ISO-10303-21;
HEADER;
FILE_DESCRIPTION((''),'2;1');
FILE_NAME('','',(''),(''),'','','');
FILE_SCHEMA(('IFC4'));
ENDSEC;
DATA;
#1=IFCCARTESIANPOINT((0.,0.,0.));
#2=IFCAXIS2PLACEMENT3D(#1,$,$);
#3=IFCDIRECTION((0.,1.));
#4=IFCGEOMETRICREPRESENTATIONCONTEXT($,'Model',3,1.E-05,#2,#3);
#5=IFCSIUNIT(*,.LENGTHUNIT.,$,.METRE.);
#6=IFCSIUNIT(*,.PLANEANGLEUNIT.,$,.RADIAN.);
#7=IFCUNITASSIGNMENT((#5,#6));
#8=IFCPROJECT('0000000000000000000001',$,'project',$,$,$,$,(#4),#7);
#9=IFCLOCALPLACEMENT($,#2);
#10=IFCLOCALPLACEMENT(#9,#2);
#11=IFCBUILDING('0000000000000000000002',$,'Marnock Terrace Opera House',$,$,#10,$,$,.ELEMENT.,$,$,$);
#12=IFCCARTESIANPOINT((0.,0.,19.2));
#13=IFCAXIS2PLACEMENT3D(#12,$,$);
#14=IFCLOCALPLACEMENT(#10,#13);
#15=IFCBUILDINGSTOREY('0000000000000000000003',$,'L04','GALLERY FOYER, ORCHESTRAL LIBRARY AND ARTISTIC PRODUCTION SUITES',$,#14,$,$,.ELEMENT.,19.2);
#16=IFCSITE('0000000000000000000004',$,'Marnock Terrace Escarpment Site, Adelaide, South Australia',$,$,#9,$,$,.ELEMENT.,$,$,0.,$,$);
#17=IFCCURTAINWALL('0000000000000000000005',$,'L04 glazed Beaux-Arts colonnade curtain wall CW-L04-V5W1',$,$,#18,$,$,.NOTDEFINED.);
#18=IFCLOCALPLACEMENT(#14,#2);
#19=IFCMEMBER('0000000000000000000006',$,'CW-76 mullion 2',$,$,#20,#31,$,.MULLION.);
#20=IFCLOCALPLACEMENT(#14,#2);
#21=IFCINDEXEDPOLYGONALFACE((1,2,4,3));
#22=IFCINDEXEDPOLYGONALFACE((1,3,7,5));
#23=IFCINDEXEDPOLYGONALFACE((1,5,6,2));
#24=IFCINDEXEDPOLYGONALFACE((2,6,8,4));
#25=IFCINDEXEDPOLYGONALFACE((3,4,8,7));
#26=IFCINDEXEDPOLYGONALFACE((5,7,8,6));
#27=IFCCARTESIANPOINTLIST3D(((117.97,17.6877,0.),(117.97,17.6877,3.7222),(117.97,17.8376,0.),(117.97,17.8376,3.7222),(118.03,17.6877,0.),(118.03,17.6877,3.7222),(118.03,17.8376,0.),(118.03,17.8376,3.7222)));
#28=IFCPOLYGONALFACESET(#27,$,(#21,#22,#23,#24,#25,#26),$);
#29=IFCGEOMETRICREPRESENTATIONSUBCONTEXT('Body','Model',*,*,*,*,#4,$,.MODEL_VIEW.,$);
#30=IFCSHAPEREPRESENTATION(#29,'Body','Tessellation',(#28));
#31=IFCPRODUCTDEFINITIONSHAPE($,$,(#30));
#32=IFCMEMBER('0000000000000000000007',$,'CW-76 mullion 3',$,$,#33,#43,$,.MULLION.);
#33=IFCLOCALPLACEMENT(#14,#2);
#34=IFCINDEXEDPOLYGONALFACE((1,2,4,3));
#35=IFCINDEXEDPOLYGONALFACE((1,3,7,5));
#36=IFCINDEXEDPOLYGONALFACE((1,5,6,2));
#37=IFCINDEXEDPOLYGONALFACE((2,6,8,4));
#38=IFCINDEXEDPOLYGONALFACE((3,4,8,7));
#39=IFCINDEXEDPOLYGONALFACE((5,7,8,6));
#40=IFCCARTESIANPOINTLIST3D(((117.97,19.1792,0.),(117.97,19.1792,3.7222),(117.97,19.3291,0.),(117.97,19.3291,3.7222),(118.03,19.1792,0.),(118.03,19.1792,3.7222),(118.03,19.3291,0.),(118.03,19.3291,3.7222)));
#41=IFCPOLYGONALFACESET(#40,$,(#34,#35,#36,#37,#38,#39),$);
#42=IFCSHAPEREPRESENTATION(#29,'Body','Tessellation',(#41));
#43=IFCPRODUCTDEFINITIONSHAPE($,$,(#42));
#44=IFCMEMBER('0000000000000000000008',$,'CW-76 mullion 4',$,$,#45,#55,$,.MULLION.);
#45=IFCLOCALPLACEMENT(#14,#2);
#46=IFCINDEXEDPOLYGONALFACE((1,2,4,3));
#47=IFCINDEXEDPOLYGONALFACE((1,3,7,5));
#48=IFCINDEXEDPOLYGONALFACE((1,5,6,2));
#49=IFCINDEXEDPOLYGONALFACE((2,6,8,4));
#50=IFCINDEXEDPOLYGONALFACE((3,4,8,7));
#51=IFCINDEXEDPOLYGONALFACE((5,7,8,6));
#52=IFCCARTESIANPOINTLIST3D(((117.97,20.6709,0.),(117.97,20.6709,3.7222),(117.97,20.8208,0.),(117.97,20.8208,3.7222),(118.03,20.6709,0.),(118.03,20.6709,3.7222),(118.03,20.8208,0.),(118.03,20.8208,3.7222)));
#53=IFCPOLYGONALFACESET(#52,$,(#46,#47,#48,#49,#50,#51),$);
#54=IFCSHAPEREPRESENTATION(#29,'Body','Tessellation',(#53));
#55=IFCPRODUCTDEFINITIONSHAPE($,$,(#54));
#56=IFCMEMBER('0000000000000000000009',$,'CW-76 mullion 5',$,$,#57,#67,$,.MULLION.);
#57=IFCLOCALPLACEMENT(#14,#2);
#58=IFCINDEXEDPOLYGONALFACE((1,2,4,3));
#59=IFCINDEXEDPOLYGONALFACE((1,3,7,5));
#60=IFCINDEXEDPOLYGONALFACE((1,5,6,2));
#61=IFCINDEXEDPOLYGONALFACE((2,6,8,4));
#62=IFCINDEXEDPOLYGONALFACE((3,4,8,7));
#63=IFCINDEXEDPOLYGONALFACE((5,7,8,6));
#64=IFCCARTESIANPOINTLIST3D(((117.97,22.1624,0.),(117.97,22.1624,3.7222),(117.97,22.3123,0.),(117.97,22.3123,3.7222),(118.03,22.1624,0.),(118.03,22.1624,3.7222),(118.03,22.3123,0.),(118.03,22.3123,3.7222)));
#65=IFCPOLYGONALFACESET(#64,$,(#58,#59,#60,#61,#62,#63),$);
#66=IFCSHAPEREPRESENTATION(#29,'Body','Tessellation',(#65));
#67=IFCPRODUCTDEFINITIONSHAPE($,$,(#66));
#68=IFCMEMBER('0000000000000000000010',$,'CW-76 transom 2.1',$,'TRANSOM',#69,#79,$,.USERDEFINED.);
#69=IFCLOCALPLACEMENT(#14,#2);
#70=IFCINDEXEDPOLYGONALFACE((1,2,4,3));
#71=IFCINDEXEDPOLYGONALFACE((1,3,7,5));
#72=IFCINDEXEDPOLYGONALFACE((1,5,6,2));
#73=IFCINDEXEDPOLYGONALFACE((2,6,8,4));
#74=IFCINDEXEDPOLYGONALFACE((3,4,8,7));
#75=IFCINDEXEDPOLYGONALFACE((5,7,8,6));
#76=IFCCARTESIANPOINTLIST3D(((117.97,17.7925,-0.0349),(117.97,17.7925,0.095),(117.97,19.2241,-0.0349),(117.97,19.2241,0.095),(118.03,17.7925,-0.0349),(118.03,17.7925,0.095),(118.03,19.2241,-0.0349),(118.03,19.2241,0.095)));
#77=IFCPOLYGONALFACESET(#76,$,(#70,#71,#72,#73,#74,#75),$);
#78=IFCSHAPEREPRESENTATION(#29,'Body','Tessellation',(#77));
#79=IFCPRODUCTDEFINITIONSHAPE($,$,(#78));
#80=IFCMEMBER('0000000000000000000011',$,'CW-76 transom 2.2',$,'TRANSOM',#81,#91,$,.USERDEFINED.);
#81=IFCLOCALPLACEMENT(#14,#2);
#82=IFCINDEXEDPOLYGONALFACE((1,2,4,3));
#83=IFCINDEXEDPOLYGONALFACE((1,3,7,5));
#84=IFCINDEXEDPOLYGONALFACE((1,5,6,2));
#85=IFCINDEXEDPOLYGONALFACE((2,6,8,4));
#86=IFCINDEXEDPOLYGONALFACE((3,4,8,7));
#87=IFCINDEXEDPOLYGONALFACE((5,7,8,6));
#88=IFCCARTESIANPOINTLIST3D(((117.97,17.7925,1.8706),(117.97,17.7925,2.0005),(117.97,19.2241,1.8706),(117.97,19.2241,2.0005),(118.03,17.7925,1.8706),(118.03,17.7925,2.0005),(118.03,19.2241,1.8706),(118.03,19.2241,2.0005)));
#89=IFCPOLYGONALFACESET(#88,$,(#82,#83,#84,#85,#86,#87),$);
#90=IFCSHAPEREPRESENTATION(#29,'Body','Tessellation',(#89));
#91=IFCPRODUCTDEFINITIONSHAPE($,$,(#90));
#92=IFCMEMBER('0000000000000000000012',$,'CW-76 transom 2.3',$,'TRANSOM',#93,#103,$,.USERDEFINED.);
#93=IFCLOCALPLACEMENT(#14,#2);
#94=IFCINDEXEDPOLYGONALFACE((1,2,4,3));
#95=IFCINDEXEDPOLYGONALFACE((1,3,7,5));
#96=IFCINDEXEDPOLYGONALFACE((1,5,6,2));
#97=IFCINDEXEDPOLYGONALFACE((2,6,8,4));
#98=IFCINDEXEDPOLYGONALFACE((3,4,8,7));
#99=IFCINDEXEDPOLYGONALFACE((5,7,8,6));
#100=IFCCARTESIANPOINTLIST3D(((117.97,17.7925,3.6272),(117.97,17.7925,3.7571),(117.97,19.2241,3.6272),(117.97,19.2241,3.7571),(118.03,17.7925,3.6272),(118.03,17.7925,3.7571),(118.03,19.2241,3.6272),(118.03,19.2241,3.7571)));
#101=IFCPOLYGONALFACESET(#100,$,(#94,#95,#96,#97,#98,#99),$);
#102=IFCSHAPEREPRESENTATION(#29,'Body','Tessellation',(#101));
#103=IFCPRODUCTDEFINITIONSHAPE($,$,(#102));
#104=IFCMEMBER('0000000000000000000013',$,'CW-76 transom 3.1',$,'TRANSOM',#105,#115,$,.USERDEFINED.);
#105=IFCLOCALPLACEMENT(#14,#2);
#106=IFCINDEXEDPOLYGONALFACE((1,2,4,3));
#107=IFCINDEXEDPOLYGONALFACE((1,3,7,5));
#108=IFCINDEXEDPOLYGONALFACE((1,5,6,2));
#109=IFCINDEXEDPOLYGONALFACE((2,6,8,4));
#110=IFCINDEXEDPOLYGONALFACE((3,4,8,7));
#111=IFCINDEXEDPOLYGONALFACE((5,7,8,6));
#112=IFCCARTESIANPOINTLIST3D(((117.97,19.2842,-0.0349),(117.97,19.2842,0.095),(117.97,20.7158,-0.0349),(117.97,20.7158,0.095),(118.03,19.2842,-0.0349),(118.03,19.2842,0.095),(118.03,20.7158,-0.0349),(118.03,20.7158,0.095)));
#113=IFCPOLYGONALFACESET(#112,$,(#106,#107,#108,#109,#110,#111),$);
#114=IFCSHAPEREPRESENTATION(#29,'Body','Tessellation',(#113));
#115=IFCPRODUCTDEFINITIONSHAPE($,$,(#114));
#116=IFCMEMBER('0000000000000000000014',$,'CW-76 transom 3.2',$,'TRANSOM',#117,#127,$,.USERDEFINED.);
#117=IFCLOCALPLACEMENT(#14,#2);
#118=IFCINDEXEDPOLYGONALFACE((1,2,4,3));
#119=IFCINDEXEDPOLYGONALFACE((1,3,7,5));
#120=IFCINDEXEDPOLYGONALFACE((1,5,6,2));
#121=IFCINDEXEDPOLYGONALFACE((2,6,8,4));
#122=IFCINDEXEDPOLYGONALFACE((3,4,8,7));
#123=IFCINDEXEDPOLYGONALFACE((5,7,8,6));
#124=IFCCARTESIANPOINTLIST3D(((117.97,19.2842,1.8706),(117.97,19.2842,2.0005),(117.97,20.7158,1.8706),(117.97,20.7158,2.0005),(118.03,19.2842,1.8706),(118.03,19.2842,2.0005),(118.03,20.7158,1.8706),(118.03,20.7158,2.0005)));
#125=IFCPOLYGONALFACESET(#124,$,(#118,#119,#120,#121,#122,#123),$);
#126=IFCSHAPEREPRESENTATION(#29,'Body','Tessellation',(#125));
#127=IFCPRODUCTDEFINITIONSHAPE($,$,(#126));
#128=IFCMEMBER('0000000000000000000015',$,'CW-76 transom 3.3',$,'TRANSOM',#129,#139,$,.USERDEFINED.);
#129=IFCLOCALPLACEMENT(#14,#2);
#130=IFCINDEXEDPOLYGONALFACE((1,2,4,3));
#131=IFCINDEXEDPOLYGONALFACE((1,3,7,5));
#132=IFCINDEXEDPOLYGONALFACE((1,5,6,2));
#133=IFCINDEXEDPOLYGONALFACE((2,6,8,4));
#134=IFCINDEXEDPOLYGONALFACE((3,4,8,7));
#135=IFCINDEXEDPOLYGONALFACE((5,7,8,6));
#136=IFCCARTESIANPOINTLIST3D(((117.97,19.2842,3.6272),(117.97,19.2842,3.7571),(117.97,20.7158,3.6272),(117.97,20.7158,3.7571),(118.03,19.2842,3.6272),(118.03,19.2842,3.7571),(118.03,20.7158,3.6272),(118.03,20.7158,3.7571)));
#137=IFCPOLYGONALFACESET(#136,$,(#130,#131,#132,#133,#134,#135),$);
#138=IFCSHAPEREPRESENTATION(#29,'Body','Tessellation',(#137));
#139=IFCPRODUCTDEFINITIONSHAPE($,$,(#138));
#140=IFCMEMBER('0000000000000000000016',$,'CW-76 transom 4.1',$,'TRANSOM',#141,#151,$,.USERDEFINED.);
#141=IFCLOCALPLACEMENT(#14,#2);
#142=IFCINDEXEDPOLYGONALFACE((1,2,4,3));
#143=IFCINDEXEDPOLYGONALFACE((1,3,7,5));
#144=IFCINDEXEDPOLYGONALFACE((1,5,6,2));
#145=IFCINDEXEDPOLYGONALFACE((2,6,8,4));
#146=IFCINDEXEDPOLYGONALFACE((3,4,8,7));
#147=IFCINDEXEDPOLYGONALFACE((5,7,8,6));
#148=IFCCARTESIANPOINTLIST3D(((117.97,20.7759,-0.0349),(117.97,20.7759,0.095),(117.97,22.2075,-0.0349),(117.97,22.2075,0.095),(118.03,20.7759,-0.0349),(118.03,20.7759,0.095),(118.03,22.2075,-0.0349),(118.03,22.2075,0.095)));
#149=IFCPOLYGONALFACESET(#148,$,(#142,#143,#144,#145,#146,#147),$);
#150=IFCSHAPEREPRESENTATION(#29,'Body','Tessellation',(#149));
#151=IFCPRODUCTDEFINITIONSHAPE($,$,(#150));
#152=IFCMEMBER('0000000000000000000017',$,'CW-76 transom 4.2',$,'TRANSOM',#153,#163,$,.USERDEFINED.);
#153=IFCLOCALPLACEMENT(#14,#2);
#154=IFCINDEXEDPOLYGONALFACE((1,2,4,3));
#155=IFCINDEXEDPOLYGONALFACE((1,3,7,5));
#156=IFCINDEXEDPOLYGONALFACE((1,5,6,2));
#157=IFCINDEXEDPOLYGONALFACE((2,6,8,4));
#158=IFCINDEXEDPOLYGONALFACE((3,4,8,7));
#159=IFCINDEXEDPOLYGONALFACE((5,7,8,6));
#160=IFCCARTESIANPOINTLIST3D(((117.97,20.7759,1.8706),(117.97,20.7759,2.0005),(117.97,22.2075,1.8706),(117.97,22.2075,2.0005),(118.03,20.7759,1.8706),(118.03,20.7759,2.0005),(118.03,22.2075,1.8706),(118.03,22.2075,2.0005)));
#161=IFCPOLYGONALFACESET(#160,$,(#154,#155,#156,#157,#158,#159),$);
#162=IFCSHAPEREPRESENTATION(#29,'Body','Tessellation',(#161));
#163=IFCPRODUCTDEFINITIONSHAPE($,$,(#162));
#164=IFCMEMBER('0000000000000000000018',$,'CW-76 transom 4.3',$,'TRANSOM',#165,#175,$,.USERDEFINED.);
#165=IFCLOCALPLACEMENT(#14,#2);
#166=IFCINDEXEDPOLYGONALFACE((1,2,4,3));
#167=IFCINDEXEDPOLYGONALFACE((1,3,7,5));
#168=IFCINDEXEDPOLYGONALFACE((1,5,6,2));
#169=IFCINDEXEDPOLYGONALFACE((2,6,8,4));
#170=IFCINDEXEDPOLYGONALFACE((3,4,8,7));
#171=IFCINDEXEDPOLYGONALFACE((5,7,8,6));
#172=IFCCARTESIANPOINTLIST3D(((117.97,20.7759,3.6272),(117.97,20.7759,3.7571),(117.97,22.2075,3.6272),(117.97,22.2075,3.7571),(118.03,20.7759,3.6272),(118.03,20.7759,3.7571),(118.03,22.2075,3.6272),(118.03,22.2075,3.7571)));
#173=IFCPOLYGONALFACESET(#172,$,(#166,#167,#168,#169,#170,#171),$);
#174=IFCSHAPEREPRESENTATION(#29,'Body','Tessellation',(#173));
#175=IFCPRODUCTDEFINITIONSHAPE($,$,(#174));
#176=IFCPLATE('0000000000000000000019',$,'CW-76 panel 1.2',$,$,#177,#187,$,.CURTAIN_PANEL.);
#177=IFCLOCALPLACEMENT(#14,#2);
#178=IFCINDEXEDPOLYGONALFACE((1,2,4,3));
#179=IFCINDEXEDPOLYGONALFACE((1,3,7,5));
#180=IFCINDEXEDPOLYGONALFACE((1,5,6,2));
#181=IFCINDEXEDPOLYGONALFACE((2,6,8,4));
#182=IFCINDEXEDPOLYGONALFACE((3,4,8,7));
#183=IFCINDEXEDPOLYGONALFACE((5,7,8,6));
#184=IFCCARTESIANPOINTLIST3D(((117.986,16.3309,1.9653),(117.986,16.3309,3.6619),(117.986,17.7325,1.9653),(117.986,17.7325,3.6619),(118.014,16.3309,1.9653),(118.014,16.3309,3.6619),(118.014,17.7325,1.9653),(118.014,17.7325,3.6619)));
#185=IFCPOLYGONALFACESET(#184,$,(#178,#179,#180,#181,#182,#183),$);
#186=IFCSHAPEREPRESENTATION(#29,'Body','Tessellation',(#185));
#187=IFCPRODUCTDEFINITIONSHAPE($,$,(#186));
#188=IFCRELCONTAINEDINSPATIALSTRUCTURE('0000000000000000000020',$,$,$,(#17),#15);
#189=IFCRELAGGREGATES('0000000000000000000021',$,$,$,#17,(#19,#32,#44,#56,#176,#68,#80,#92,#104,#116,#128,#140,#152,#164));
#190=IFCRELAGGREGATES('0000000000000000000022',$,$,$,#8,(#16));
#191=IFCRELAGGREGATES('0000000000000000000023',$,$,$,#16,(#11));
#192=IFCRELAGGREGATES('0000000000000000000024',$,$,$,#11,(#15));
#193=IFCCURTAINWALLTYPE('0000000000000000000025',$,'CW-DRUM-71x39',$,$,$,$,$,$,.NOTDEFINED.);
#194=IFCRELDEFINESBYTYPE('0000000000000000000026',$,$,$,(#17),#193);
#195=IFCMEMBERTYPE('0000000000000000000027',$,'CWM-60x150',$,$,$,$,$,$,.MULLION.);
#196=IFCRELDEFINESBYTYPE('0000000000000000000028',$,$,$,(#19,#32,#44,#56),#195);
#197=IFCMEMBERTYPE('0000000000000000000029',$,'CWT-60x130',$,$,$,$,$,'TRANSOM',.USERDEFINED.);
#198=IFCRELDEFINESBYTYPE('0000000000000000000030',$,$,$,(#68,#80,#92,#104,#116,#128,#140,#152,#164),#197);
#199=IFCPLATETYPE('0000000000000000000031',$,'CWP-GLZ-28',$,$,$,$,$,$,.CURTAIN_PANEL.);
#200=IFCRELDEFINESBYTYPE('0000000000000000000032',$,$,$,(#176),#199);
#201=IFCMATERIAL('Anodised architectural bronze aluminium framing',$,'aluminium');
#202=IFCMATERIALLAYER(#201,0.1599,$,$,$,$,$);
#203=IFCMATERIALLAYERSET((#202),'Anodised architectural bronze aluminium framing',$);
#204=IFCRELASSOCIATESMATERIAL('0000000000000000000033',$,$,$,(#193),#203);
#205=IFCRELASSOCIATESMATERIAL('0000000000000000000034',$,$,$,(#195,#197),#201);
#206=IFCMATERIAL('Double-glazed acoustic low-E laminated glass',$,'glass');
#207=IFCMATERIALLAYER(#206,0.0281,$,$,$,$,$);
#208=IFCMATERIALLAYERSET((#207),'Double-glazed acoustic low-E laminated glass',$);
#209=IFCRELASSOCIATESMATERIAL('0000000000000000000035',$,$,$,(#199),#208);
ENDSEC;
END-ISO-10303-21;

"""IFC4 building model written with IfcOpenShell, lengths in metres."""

from ifc_helpers import new_model, si_unit, direction, frame, origin, origin_2d, place, context, subcontext, project, spatial, rectangle, extrude, material, layer, layer_set, material_profile, profile_set, type_object, element, aggregate, save


model = new_model("IFC4")

# Units and contexts
model_context = context("Model", 3, precision=1e-05, world=origin(), true_north=direction((0.0, 1.0)))
body_context = subcontext(model_context, "Body", "Model", "MODEL_VIEW")
ifc_project = project(units=[si_unit("LENGTHUNIT", "METRE"), si_unit("PLANEANGLEUNIT", "RADIAN")], contexts=[model_context])

# Site, building, storey
site_placement = place(None, origin())
site = spatial("IfcSite", under=ifc_project, at=site_placement, Name="Marnock Terrace Escarpment Site, Adelaide, South Australia", CompositionType="ELEMENT", RefElevation=0.0)
building_placement = place(site_placement, origin())
building = spatial("IfcBuilding", under=site, at=building_placement, Name="Marnock Terrace Opera House", CompositionType="ELEMENT")
storey_placement = place(building_placement, frame((0.0, 0.0, 19.2)))
storey = spatial("IfcBuildingStorey", under=building, at=storey_placement, Name="L04", Description="GALLERY FOYER, ORCHESTRAL LIBRARY AND ARTISTIC PRODUCTION SUITES", CompositionType="ELEMENT", Elevation=19.2)

# Curtain wall, members, plate
ifc_material_1 = material(Name="Anodised architectural bronze aluminium framing", Category="aluminium")
ifc_layer_1 = layer(ifc_material_1, 0.1599)
ifc_layer_set_1 = layer_set([ifc_layer_1], Name="Anodised architectural bronze aluminium framing")
curtain_wall_type = type_object("IfcCurtainWallType", Name="CW-DRUM-71x39", PredefinedType="NOTDEFINED", material=ifc_layer_set_1)
curtain_wall_placement = place(storey_placement, origin())
curtain_wall = element("IfcCurtainWall", 1, at=curtain_wall_placement, inside=storey, type_object=curtain_wall_type, Name="L04 glazed Beaux-Arts colonnade curtain wall CW-L04-V5W1", PredefinedType="NOTDEFINED")
ifc_material_profile_1 = material_profile(ifc_material_1, rectangle(XDim=0.0601, YDim=0.1499, at=origin_2d()))
ifc_profile_set_1 = profile_set([ifc_material_profile_1], Name="Anodised architectural bronze aluminium framing")
member_type_1 = type_object("IfcMemberType", Name="CWM-60x150", PredefinedType="MULLION", material=ifc_profile_set_1)
member_1_placement = place(storey_placement, frame((118.0, 17.7627, 0.0), z_axis=(0.0, 0.0, 1.0), x_axis=(-1.0, 0.0, 0.0)))
member_1 = element("IfcMember", 2, at=member_1_placement, type_object=member_type_1, Name="CW-76 mullion 2", PredefinedType="MULLION", context=body_context, shape_type="SweptSolid", body=[
    extrude(rectangle(XDim=0.0601, YDim=0.1499, at=origin_2d()), origin(), (0.0, 0.0, 1.0), 3.7222),
])
member_2_placement = place(storey_placement, frame((118.0, 19.2542, 0.0), z_axis=(0.0, 0.0, 1.0), x_axis=(-1.0, 0.0, 0.0)))
member_2 = element("IfcMember", 3, at=member_2_placement, type_object=member_type_1, Name="CW-76 mullion 3", PredefinedType="MULLION", context=body_context, shape_type="SweptSolid", body=[
    extrude(rectangle(XDim=0.0601, YDim=0.1499, at=origin_2d()), origin(), (0.0, 0.0, 1.0), 3.7222),
])
member_3_placement = place(storey_placement, frame((118.0, 20.7458, 0.0), z_axis=(0.0, 0.0, 1.0), x_axis=(-1.0, 0.0, 0.0)))
member_3 = element("IfcMember", 4, at=member_3_placement, type_object=member_type_1, Name="CW-76 mullion 4", PredefinedType="MULLION", context=body_context, shape_type="SweptSolid", body=[
    extrude(rectangle(XDim=0.0601, YDim=0.1499, at=origin_2d()), origin(), (0.0, 0.0, 1.0), 3.7222),
])
member_4_placement = place(storey_placement, frame((118.0, 22.2373, 0.0), z_axis=(0.0, 0.0, 1.0), x_axis=(-1.0, 0.0, 0.0)))
member_4 = element("IfcMember", 5, at=member_4_placement, type_object=member_type_1, Name="CW-76 mullion 5", PredefinedType="MULLION", context=body_context, shape_type="SweptSolid", body=[
    extrude(rectangle(XDim=0.0601, YDim=0.1499, at=origin_2d()), origin(), (0.0, 0.0, 1.0), 3.7222),
])
ifc_material_profile_2 = material_profile(ifc_material_1, rectangle(XDim=0.0601, YDim=0.1299, at=origin_2d()))
ifc_profile_set_2 = profile_set([ifc_material_profile_2], Name="Anodised architectural bronze aluminium framing")
member_type_2 = type_object("IfcMemberType", Name="CWT-60x130", ElementType="TRANSOM", PredefinedType="USERDEFINED", material=ifc_profile_set_2)
member_5_placement = place(storey_placement, frame((118.0, 17.7925, 0.03), z_axis=(0.0, 1.0, 0.0), x_axis=(-1.0, 0.0, 0.0)))
member_5 = element("IfcMember", 6, at=member_5_placement, type_object=member_type_2, Name="CW-76 transom 2.1", ObjectType="TRANSOM", PredefinedType="USERDEFINED", context=body_context, shape_type="SweptSolid", body=[
    extrude(rectangle(XDim=0.0601, YDim=0.1299, at=origin_2d()), origin(), (0.0, 0.0, 1.0), 1.4316),
])
member_6_placement = place(storey_placement, frame((118.0, 17.7925, 1.9355), z_axis=(0.0, 1.0, 0.0), x_axis=(-1.0, 0.0, 0.0)))
member_6 = element("IfcMember", 7, at=member_6_placement, type_object=member_type_2, Name="CW-76 transom 2.2", ObjectType="TRANSOM", PredefinedType="USERDEFINED", context=body_context, shape_type="SweptSolid", body=[
    extrude(rectangle(XDim=0.0601, YDim=0.1299, at=origin_2d()), origin(), (0.0, 0.0, 1.0), 1.4316),
])
member_7_placement = place(storey_placement, frame((118.0, 17.7925, 3.6921), z_axis=(0.0, 1.0, 0.0), x_axis=(-1.0, 0.0, 0.0)))
member_7 = element("IfcMember", 8, at=member_7_placement, type_object=member_type_2, Name="CW-76 transom 2.3", ObjectType="TRANSOM", PredefinedType="USERDEFINED", context=body_context, shape_type="SweptSolid", body=[
    extrude(rectangle(XDim=0.0601, YDim=0.1299, at=origin_2d()), origin(), (0.0, 0.0, 1.0), 1.4316),
])
member_8_placement = place(storey_placement, frame((118.0, 19.2842, 0.03), z_axis=(0.0, 1.0, 0.0), x_axis=(-1.0, 0.0, 0.0)))
member_8 = element("IfcMember", 9, at=member_8_placement, type_object=member_type_2, Name="CW-76 transom 3.1", ObjectType="TRANSOM", PredefinedType="USERDEFINED", context=body_context, shape_type="SweptSolid", body=[
    extrude(rectangle(XDim=0.0601, YDim=0.1299, at=origin_2d()), origin(), (0.0, 0.0, 1.0), 1.4316),
])
member_9_placement = place(storey_placement, frame((118.0, 19.2842, 1.9355), z_axis=(0.0, 1.0, 0.0), x_axis=(-1.0, 0.0, 0.0)))
member_9 = element("IfcMember", 10, at=member_9_placement, type_object=member_type_2, Name="CW-76 transom 3.2", ObjectType="TRANSOM", PredefinedType="USERDEFINED", context=body_context, shape_type="SweptSolid", body=[
    extrude(rectangle(XDim=0.0601, YDim=0.1299, at=origin_2d()), origin(), (0.0, 0.0, 1.0), 1.4316),
])
member_10_placement = place(storey_placement, frame((118.0, 19.2842, 3.6921), z_axis=(0.0, 1.0, 0.0), x_axis=(-1.0, 0.0, 0.0)))
member_10 = element("IfcMember", 11, at=member_10_placement, type_object=member_type_2, Name="CW-76 transom 3.3", ObjectType="TRANSOM", PredefinedType="USERDEFINED", context=body_context, shape_type="SweptSolid", body=[
    extrude(rectangle(XDim=0.0601, YDim=0.1299, at=origin_2d()), origin(), (0.0, 0.0, 1.0), 1.4316),
])
member_11_placement = place(storey_placement, frame((118.0, 20.7759, 0.03), z_axis=(0.0, 1.0, 0.0), x_axis=(-1.0, 0.0, 0.0)))
member_11 = element("IfcMember", 12, at=member_11_placement, type_object=member_type_2, Name="CW-76 transom 4.1", ObjectType="TRANSOM", PredefinedType="USERDEFINED", context=body_context, shape_type="SweptSolid", body=[
    extrude(rectangle(XDim=0.0601, YDim=0.1299, at=origin_2d()), origin(), (0.0, 0.0, 1.0), 1.4316),
])
member_12_placement = place(storey_placement, frame((118.0, 20.7759, 1.9355), z_axis=(0.0, 1.0, 0.0), x_axis=(-1.0, 0.0, 0.0)))
member_12 = element("IfcMember", 13, at=member_12_placement, type_object=member_type_2, Name="CW-76 transom 4.2", ObjectType="TRANSOM", PredefinedType="USERDEFINED", context=body_context, shape_type="SweptSolid", body=[
    extrude(rectangle(XDim=0.0601, YDim=0.1299, at=origin_2d()), origin(), (0.0, 0.0, 1.0), 1.4316),
])
member_13_placement = place(storey_placement, frame((118.0, 20.7759, 3.6921), z_axis=(0.0, 1.0, 0.0), x_axis=(-1.0, 0.0, 0.0)))
member_13 = element("IfcMember", 14, at=member_13_placement, type_object=member_type_2, Name="CW-76 transom 4.3", ObjectType="TRANSOM", PredefinedType="USERDEFINED", context=body_context, shape_type="SweptSolid", body=[
    extrude(rectangle(XDim=0.0601, YDim=0.1299, at=origin_2d()), origin(), (0.0, 0.0, 1.0), 1.4316),
])
ifc_material_2 = material(Name="Double-glazed acoustic low-E laminated glass", Category="glass")
ifc_layer_2 = layer(ifc_material_2, 0.0281)
ifc_layer_set_2 = layer_set([ifc_layer_2], Name="Double-glazed acoustic low-E laminated glass")
plate_type = type_object("IfcPlateType", Name="CWP-GLZ-28", PredefinedType="CURTAIN_PANEL", material=ifc_layer_set_2)
plate_1_placement = place(storey_placement, frame((118.0, 17.0317, 1.9653), z_axis=(0.0, 0.0, 1.0), x_axis=(0.0, 1.0, 0.0)))
plate_1 = element("IfcPlate", 15, at=plate_1_placement, type_object=plate_type, Name="CW-76 panel 1.2", PredefinedType="CURTAIN_PANEL", context=body_context, shape_type="SweptSolid", body=[
    extrude(rectangle(XDim=1.4016, YDim=0.0281, at=origin_2d()), origin(), (0.0, 0.0, 1.0), 1.6965),
])
aggregate(curtain_wall, [member_1, member_2, member_3, member_4, plate_1, member_5, member_6, member_7, member_8, member_9, member_10, member_11, member_12, member_13])

save(model, "model.ifc")
